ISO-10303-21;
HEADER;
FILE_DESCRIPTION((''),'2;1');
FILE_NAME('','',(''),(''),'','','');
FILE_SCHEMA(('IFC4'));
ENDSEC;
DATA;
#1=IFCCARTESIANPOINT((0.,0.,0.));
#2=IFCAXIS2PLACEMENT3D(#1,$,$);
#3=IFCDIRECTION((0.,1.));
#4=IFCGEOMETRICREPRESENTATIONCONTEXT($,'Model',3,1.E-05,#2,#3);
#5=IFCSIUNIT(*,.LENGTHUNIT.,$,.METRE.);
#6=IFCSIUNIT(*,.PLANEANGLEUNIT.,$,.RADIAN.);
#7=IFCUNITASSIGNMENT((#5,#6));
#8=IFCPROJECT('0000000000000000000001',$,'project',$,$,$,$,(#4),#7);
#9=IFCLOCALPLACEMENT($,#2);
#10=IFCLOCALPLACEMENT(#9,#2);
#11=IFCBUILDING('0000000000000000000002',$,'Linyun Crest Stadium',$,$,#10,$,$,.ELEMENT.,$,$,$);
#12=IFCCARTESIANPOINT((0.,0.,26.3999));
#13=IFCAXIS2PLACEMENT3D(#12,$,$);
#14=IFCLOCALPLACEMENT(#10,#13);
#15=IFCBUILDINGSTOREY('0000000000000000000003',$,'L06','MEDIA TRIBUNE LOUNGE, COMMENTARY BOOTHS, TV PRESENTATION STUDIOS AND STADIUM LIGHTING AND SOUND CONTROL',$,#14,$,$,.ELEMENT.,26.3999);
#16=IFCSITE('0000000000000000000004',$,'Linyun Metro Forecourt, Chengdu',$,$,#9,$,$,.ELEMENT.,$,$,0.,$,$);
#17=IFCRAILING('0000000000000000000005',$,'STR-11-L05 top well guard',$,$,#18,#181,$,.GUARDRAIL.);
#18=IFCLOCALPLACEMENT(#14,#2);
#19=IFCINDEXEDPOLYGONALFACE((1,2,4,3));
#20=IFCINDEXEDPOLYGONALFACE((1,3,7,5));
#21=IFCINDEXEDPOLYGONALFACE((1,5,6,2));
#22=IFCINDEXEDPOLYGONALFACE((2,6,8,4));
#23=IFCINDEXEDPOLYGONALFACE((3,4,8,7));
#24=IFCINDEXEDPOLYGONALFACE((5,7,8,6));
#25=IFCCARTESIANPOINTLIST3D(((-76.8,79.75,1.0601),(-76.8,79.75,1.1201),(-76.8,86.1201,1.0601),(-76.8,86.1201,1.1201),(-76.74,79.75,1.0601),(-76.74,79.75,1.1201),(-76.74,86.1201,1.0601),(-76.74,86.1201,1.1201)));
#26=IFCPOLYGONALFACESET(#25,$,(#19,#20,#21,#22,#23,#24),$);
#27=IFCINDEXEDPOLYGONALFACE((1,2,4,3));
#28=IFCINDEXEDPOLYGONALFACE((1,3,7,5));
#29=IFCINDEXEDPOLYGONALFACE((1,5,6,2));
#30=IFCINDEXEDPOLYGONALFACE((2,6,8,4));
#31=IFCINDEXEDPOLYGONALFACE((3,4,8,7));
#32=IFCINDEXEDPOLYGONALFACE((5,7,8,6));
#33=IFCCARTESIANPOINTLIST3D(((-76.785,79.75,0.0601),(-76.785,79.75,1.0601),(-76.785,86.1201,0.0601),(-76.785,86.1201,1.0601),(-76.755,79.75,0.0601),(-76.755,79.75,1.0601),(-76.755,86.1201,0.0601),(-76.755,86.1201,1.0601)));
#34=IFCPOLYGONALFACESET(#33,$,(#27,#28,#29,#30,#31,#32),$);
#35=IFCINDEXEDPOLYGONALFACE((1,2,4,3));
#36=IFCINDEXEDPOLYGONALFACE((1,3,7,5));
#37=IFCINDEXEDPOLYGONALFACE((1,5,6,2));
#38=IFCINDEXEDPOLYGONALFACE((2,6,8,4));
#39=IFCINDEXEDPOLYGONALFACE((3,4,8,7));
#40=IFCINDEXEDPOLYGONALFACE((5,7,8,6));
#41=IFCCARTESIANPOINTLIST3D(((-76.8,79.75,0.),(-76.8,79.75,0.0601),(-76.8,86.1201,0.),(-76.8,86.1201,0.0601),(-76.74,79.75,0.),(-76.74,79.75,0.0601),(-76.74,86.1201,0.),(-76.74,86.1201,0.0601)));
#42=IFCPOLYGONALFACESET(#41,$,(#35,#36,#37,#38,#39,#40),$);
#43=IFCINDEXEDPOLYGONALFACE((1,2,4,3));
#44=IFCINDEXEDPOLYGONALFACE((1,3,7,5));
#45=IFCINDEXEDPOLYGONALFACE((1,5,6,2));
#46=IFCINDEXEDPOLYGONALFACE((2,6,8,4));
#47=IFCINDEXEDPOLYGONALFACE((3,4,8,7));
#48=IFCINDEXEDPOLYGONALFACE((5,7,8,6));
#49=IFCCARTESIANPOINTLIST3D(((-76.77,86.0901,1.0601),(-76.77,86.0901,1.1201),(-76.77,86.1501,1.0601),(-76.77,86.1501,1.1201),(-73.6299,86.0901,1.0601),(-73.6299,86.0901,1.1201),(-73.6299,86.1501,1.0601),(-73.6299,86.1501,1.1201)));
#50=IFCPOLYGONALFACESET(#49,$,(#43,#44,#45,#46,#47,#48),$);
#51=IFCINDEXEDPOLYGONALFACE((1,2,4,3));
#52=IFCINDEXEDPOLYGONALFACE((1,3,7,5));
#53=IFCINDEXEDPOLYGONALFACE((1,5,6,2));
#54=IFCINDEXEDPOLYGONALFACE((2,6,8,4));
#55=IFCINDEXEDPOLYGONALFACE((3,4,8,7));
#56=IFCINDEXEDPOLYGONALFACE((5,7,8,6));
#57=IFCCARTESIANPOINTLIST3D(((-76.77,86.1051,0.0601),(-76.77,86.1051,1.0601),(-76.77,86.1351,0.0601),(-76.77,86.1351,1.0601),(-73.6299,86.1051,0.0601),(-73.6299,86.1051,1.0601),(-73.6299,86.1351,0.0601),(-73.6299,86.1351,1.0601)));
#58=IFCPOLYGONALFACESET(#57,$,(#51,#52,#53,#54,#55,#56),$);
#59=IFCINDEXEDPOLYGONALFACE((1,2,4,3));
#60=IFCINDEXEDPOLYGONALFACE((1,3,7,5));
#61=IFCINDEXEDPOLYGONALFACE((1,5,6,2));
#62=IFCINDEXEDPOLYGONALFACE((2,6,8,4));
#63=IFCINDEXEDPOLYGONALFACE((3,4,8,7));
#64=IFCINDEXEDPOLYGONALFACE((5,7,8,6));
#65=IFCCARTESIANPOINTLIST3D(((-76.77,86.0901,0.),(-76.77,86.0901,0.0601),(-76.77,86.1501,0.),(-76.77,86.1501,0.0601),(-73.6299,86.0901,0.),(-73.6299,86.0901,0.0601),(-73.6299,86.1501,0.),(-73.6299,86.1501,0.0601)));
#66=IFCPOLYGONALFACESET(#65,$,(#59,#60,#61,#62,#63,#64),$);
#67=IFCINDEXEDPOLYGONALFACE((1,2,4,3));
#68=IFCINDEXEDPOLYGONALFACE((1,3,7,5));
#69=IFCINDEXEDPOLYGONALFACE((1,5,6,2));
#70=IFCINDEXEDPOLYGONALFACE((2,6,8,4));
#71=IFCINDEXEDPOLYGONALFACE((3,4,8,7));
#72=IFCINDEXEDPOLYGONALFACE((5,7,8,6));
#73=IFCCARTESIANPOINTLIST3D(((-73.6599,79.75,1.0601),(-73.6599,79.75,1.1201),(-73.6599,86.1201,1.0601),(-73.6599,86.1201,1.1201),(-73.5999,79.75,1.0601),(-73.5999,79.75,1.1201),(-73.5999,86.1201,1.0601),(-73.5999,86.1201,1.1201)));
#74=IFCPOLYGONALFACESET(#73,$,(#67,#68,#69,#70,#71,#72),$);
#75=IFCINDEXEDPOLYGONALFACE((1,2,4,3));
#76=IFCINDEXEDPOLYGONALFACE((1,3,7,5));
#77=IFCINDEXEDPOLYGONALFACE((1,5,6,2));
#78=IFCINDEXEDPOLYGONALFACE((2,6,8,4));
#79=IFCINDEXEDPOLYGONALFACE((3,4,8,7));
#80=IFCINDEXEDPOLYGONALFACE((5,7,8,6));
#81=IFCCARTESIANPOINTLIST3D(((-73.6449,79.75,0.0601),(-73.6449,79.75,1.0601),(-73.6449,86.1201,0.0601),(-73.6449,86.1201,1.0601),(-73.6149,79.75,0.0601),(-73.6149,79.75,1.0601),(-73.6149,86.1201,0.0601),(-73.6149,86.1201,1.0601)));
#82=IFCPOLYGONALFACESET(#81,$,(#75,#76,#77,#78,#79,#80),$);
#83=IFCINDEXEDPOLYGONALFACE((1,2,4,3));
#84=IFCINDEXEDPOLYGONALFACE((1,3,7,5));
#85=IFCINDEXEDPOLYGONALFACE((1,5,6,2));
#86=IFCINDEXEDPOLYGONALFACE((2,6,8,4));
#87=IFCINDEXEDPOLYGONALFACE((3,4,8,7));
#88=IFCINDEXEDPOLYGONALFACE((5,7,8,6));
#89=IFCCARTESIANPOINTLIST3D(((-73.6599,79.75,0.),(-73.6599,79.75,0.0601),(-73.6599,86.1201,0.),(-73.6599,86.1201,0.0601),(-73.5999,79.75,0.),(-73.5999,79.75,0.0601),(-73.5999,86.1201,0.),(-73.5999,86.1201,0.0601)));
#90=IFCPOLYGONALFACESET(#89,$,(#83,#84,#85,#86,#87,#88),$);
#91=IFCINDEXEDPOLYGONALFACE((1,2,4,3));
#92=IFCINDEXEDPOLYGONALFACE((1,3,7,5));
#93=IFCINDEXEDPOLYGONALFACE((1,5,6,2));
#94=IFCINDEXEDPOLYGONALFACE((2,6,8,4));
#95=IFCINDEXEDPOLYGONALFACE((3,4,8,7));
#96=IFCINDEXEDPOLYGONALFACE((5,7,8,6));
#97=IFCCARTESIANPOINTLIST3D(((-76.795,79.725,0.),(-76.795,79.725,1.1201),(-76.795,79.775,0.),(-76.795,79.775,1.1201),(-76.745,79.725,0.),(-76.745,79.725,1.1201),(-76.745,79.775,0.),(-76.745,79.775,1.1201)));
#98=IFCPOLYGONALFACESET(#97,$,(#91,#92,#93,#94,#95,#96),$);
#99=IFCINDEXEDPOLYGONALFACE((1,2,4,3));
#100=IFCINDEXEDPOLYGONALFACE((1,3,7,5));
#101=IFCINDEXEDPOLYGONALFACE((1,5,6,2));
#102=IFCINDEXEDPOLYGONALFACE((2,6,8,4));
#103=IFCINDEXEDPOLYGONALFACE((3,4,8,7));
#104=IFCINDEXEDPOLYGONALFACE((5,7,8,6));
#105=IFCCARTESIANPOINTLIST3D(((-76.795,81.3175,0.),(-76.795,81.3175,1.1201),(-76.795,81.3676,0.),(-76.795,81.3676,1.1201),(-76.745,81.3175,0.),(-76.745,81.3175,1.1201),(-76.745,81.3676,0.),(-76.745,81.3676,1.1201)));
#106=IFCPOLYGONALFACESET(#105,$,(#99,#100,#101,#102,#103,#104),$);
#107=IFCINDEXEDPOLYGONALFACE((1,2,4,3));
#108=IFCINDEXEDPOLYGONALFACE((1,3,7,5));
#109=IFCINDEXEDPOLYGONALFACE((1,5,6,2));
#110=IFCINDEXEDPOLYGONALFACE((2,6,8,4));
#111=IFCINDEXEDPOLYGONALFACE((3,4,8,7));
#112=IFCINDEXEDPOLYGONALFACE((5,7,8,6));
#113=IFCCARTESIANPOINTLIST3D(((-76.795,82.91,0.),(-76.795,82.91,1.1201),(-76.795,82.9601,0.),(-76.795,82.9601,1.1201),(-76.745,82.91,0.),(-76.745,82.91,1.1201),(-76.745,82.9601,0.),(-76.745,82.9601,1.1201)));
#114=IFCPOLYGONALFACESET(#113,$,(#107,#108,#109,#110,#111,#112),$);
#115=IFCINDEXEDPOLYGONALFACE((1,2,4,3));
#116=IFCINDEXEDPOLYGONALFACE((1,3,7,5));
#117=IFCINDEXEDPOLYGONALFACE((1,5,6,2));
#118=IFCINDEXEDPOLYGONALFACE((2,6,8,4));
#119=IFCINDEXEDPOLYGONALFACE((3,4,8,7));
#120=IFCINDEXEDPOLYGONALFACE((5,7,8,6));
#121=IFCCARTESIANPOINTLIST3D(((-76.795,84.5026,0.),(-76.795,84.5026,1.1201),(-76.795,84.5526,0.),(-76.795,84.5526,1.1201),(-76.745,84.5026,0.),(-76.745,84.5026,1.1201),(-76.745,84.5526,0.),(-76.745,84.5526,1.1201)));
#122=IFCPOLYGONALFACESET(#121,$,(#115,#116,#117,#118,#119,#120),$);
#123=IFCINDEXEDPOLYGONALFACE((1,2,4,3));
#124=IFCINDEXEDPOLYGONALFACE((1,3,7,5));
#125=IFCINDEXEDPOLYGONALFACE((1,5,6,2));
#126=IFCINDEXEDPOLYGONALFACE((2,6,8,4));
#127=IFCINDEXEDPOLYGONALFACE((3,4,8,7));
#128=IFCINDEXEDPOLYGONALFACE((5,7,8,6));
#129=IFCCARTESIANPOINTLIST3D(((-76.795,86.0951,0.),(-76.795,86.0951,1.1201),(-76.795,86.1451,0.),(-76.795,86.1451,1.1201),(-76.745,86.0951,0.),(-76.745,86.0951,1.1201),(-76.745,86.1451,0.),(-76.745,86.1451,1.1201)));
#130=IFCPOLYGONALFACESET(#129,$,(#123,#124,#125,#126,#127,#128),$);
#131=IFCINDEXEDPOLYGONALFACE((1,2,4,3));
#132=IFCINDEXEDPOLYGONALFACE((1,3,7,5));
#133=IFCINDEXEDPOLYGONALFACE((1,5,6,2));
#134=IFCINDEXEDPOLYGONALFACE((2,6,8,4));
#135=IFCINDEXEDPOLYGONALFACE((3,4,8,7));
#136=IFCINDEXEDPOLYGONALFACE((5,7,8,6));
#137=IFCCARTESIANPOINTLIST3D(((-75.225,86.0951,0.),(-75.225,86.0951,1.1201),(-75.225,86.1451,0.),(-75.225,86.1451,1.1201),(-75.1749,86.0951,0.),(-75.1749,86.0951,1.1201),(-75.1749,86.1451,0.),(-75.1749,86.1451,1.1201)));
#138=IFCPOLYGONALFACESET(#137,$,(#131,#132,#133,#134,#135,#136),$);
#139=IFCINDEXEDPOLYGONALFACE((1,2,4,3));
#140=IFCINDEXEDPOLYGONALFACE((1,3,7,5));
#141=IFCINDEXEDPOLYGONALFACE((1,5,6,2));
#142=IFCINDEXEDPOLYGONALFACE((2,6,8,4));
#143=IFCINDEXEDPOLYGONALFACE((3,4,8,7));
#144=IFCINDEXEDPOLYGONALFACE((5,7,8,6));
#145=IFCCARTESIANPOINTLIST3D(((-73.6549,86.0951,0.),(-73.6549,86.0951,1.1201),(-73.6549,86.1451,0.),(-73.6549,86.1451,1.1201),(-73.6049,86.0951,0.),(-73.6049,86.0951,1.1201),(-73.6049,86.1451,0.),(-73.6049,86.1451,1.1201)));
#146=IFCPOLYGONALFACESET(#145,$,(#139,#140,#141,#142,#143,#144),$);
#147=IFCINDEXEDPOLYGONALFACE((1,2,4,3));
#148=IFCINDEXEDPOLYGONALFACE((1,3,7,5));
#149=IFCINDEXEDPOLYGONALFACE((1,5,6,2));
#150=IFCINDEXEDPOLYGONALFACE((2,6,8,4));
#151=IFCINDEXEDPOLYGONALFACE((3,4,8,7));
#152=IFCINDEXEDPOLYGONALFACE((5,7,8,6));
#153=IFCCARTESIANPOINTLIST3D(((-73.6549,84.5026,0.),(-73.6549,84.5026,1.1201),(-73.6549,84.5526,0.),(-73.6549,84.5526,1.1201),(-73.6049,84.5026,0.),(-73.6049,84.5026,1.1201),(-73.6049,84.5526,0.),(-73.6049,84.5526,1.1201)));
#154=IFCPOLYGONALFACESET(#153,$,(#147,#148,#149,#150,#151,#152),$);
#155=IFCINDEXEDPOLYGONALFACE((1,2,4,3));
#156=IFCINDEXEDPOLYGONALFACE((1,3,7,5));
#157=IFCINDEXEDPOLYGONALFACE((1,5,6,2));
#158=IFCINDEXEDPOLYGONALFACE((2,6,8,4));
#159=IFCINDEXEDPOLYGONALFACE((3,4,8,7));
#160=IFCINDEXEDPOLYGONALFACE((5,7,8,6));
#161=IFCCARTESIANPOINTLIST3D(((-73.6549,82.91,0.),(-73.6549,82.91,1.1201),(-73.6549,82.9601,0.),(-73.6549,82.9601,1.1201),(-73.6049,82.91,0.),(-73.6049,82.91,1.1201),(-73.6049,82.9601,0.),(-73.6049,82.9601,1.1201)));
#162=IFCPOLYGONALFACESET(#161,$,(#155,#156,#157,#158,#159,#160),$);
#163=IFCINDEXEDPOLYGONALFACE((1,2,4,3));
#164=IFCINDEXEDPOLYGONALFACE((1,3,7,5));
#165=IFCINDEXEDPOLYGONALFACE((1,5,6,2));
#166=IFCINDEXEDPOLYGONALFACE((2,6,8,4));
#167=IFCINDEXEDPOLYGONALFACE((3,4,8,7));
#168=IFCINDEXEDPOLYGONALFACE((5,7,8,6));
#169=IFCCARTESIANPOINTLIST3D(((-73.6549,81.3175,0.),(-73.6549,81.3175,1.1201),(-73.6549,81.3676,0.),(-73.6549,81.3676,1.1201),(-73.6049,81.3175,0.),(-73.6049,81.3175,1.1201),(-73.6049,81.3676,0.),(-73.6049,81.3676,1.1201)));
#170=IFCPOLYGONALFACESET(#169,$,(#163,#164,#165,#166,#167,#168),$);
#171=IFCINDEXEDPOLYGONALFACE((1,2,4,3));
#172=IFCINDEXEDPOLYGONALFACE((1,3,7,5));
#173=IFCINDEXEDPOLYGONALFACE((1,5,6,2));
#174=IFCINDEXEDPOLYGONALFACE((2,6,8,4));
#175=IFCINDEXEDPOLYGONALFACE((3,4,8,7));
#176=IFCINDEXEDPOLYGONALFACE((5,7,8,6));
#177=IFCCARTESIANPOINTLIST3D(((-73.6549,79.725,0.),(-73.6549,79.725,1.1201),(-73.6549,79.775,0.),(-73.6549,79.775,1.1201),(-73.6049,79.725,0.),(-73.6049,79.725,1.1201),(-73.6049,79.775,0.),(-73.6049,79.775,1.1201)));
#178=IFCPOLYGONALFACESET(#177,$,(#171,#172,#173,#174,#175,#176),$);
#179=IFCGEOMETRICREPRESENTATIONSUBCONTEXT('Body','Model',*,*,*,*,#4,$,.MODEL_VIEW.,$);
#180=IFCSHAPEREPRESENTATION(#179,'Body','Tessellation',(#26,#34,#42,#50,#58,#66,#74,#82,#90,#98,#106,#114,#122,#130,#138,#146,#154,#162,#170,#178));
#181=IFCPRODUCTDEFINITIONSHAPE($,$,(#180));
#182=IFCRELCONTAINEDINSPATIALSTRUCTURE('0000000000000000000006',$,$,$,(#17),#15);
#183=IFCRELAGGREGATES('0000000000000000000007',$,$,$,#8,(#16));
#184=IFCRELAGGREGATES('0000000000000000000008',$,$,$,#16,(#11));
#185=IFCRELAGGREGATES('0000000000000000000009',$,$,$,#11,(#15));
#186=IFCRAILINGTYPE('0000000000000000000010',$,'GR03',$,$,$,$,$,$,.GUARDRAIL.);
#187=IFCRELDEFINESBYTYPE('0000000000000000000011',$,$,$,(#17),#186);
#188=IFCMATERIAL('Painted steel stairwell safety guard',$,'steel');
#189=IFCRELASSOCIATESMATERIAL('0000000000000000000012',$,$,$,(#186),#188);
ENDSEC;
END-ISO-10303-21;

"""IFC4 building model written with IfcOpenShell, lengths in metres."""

from ifc_helpers import new_model, si_unit, direction, frame, origin, origin_2d, place, context, subcontext, project, spatial, rectangle, extrude, material, type_object, element, save


model = new_model("IFC4")

# Units and contexts
model_context = context("Model", 3, precision=1e-05, world=origin(), true_north=direction((0.0, 1.0)))
body_context = subcontext(model_context, "Body", "Model", "MODEL_VIEW")
ifc_project = project(units=[si_unit("LENGTHUNIT", "METRE"), si_unit("PLANEANGLEUNIT", "RADIAN")], contexts=[model_context])

# Site, building, storey
site_placement = place(None, origin())
site = spatial("IfcSite", under=ifc_project, at=site_placement, Name="Linyun Metro Forecourt, Chengdu", CompositionType="ELEMENT", RefElevation=0.0)
building_placement = place(site_placement, origin())
building = spatial("IfcBuilding", under=site, at=building_placement, Name="Linyun Crest Stadium", CompositionType="ELEMENT")
storey_placement = place(building_placement, frame((0.0, 0.0, 26.3999)))
storey = spatial("IfcBuildingStorey", under=building, at=storey_placement, Name="L06", Description="MEDIA TRIBUNE LOUNGE, COMMENTARY BOOTHS, TV PRESENTATION STUDIOS AND STADIUM LIGHTING AND SOUND CONTROL", CompositionType="ELEMENT", Elevation=26.3999)

# Railing
ifc_material_1 = material(Name="Painted steel stairwell safety guard", Category="steel")
railing_type_1 = type_object("IfcRailingType", Name="GR03", PredefinedType="GUARDRAIL", material=ifc_material_1)
railing_1_placement = place(storey_placement, frame((-76.77, 79.75, 0.0)))
element("IfcRailing", 1, at=railing_1_placement, inside=storey, type_object=railing_type_1, Name="STR-11-L05 top well guard", PredefinedType="GUARDRAIL", context=body_context, shape_type="SweptSolid", body=[
    extrude(rectangle(XDim=0.0601, YDim=0.0601, at=origin_2d()), frame((0.0, 0.0, 1.0901), z_axis=(0.0, 1.0, 0.0), x_axis=(-1.0, 0.0, 0.0)), (0.0, 0.0, 1.0), 6.3701),
    extrude(rectangle(XDim=0.03, YDim=1.0, at=origin_2d()), frame((0.0, 0.0, 0.5601), z_axis=(0.0, 1.0, 0.0), x_axis=(-1.0, 0.0, 0.0)), (0.0, 0.0, 1.0), 6.3701),
    extrude(rectangle(XDim=0.0601, YDim=0.0601, at=origin_2d()), frame((0.0, 0.0, 0.03), z_axis=(0.0, 1.0, 0.0), x_axis=(-1.0, 0.0, 0.0)), (0.0, 0.0, 1.0), 6.3701),
    extrude(rectangle(XDim=0.0601, YDim=0.0601, at=origin_2d()), frame((0.0, 6.3701, 1.0901), z_axis=(1.0, 0.0, 0.0), x_axis=(0.0, 1.0, 0.0)), (0.0, 0.0, 1.0), 3.1401),
    extrude(rectangle(XDim=0.03, YDim=1.0, at=origin_2d()), frame((0.0, 6.3701, 0.5601), z_axis=(1.0, 0.0, 0.0), x_axis=(0.0, 1.0, 0.0)), (0.0, 0.0, 1.0), 3.1401),
    extrude(rectangle(XDim=0.0601, YDim=0.0601, at=origin_2d()), frame((0.0, 6.3701, 0.03), z_axis=(1.0, 0.0, 0.0), x_axis=(0.0, 1.0, 0.0)), (0.0, 0.0, 1.0), 3.1401),
    extrude(rectangle(XDim=0.0601, YDim=0.0601, at=origin_2d()), frame((3.1401, 6.3701, 1.0901), z_axis=(0.0, -1.0, 0.0), x_axis=(1.0, 0.0, 0.0)), (0.0, 0.0, 1.0), 6.3701),
    extrude(rectangle(XDim=0.03, YDim=1.0, at=origin_2d()), frame((3.1401, 6.3701, 0.5601), z_axis=(0.0, -1.0, 0.0), x_axis=(1.0, 0.0, 0.0)), (0.0, 0.0, 1.0), 6.3701),
    extrude(rectangle(XDim=0.0601, YDim=0.0601, at=origin_2d()), frame((3.1401, 6.3701, 0.03), z_axis=(0.0, -1.0, 0.0), x_axis=(1.0, 0.0, 0.0)), (0.0, 0.0, 1.0), 6.3701),
    extrude(rectangle(XDim=0.05, YDim=0.05, at=origin_2d()), origin(), (0.0, 0.0, 1.0), 1.1201),
    extrude(rectangle(XDim=0.05, YDim=0.05, at=origin_2d()), frame((0.0, 1.5925, 0.0)), (0.0, 0.0, 1.0), 1.1201),
    extrude(rectangle(XDim=0.05, YDim=0.05, at=origin_2d()), frame((0.0, 3.1851, 0.0)), (0.0, 0.0, 1.0), 1.1201),
    extrude(rectangle(XDim=0.05, YDim=0.05, at=origin_2d()), frame((0.0, 4.7776, 0.0)), (0.0, 0.0, 1.0), 1.1201),
    extrude(rectangle(XDim=0.05, YDim=0.05, at=origin_2d()), frame((0.0, 6.3701, 0.0)), (0.0, 0.0, 1.0), 1.1201),
    extrude(rectangle(XDim=0.05, YDim=0.05, at=origin_2d()), frame((1.5701, 6.3701, 0.0)), (0.0, 0.0, 1.0), 1.1201),
    extrude(rectangle(XDim=0.05, YDim=0.05, at=origin_2d()), frame((3.1401, 6.3701, 0.0)), (0.0, 0.0, 1.0), 1.1201),
    extrude(rectangle(XDim=0.05, YDim=0.05, at=origin_2d()), frame((3.1401, 4.7776, 0.0)), (0.0, 0.0, 1.0), 1.1201),
    extrude(rectangle(XDim=0.05, YDim=0.05, at=origin_2d()), frame((3.1401, 3.1851, 0.0)), (0.0, 0.0, 1.0), 1.1201),
    extrude(rectangle(XDim=0.05, YDim=0.05, at=origin_2d()), frame((3.1401, 1.5925, 0.0)), (0.0, 0.0, 1.0), 1.1201),
    extrude(rectangle(XDim=0.05, YDim=0.05, at=origin_2d()), frame((3.1401, 0.0, 0.0)), (0.0, 0.0, 1.0), 1.1201),
])

save(model, "model.ifc")
